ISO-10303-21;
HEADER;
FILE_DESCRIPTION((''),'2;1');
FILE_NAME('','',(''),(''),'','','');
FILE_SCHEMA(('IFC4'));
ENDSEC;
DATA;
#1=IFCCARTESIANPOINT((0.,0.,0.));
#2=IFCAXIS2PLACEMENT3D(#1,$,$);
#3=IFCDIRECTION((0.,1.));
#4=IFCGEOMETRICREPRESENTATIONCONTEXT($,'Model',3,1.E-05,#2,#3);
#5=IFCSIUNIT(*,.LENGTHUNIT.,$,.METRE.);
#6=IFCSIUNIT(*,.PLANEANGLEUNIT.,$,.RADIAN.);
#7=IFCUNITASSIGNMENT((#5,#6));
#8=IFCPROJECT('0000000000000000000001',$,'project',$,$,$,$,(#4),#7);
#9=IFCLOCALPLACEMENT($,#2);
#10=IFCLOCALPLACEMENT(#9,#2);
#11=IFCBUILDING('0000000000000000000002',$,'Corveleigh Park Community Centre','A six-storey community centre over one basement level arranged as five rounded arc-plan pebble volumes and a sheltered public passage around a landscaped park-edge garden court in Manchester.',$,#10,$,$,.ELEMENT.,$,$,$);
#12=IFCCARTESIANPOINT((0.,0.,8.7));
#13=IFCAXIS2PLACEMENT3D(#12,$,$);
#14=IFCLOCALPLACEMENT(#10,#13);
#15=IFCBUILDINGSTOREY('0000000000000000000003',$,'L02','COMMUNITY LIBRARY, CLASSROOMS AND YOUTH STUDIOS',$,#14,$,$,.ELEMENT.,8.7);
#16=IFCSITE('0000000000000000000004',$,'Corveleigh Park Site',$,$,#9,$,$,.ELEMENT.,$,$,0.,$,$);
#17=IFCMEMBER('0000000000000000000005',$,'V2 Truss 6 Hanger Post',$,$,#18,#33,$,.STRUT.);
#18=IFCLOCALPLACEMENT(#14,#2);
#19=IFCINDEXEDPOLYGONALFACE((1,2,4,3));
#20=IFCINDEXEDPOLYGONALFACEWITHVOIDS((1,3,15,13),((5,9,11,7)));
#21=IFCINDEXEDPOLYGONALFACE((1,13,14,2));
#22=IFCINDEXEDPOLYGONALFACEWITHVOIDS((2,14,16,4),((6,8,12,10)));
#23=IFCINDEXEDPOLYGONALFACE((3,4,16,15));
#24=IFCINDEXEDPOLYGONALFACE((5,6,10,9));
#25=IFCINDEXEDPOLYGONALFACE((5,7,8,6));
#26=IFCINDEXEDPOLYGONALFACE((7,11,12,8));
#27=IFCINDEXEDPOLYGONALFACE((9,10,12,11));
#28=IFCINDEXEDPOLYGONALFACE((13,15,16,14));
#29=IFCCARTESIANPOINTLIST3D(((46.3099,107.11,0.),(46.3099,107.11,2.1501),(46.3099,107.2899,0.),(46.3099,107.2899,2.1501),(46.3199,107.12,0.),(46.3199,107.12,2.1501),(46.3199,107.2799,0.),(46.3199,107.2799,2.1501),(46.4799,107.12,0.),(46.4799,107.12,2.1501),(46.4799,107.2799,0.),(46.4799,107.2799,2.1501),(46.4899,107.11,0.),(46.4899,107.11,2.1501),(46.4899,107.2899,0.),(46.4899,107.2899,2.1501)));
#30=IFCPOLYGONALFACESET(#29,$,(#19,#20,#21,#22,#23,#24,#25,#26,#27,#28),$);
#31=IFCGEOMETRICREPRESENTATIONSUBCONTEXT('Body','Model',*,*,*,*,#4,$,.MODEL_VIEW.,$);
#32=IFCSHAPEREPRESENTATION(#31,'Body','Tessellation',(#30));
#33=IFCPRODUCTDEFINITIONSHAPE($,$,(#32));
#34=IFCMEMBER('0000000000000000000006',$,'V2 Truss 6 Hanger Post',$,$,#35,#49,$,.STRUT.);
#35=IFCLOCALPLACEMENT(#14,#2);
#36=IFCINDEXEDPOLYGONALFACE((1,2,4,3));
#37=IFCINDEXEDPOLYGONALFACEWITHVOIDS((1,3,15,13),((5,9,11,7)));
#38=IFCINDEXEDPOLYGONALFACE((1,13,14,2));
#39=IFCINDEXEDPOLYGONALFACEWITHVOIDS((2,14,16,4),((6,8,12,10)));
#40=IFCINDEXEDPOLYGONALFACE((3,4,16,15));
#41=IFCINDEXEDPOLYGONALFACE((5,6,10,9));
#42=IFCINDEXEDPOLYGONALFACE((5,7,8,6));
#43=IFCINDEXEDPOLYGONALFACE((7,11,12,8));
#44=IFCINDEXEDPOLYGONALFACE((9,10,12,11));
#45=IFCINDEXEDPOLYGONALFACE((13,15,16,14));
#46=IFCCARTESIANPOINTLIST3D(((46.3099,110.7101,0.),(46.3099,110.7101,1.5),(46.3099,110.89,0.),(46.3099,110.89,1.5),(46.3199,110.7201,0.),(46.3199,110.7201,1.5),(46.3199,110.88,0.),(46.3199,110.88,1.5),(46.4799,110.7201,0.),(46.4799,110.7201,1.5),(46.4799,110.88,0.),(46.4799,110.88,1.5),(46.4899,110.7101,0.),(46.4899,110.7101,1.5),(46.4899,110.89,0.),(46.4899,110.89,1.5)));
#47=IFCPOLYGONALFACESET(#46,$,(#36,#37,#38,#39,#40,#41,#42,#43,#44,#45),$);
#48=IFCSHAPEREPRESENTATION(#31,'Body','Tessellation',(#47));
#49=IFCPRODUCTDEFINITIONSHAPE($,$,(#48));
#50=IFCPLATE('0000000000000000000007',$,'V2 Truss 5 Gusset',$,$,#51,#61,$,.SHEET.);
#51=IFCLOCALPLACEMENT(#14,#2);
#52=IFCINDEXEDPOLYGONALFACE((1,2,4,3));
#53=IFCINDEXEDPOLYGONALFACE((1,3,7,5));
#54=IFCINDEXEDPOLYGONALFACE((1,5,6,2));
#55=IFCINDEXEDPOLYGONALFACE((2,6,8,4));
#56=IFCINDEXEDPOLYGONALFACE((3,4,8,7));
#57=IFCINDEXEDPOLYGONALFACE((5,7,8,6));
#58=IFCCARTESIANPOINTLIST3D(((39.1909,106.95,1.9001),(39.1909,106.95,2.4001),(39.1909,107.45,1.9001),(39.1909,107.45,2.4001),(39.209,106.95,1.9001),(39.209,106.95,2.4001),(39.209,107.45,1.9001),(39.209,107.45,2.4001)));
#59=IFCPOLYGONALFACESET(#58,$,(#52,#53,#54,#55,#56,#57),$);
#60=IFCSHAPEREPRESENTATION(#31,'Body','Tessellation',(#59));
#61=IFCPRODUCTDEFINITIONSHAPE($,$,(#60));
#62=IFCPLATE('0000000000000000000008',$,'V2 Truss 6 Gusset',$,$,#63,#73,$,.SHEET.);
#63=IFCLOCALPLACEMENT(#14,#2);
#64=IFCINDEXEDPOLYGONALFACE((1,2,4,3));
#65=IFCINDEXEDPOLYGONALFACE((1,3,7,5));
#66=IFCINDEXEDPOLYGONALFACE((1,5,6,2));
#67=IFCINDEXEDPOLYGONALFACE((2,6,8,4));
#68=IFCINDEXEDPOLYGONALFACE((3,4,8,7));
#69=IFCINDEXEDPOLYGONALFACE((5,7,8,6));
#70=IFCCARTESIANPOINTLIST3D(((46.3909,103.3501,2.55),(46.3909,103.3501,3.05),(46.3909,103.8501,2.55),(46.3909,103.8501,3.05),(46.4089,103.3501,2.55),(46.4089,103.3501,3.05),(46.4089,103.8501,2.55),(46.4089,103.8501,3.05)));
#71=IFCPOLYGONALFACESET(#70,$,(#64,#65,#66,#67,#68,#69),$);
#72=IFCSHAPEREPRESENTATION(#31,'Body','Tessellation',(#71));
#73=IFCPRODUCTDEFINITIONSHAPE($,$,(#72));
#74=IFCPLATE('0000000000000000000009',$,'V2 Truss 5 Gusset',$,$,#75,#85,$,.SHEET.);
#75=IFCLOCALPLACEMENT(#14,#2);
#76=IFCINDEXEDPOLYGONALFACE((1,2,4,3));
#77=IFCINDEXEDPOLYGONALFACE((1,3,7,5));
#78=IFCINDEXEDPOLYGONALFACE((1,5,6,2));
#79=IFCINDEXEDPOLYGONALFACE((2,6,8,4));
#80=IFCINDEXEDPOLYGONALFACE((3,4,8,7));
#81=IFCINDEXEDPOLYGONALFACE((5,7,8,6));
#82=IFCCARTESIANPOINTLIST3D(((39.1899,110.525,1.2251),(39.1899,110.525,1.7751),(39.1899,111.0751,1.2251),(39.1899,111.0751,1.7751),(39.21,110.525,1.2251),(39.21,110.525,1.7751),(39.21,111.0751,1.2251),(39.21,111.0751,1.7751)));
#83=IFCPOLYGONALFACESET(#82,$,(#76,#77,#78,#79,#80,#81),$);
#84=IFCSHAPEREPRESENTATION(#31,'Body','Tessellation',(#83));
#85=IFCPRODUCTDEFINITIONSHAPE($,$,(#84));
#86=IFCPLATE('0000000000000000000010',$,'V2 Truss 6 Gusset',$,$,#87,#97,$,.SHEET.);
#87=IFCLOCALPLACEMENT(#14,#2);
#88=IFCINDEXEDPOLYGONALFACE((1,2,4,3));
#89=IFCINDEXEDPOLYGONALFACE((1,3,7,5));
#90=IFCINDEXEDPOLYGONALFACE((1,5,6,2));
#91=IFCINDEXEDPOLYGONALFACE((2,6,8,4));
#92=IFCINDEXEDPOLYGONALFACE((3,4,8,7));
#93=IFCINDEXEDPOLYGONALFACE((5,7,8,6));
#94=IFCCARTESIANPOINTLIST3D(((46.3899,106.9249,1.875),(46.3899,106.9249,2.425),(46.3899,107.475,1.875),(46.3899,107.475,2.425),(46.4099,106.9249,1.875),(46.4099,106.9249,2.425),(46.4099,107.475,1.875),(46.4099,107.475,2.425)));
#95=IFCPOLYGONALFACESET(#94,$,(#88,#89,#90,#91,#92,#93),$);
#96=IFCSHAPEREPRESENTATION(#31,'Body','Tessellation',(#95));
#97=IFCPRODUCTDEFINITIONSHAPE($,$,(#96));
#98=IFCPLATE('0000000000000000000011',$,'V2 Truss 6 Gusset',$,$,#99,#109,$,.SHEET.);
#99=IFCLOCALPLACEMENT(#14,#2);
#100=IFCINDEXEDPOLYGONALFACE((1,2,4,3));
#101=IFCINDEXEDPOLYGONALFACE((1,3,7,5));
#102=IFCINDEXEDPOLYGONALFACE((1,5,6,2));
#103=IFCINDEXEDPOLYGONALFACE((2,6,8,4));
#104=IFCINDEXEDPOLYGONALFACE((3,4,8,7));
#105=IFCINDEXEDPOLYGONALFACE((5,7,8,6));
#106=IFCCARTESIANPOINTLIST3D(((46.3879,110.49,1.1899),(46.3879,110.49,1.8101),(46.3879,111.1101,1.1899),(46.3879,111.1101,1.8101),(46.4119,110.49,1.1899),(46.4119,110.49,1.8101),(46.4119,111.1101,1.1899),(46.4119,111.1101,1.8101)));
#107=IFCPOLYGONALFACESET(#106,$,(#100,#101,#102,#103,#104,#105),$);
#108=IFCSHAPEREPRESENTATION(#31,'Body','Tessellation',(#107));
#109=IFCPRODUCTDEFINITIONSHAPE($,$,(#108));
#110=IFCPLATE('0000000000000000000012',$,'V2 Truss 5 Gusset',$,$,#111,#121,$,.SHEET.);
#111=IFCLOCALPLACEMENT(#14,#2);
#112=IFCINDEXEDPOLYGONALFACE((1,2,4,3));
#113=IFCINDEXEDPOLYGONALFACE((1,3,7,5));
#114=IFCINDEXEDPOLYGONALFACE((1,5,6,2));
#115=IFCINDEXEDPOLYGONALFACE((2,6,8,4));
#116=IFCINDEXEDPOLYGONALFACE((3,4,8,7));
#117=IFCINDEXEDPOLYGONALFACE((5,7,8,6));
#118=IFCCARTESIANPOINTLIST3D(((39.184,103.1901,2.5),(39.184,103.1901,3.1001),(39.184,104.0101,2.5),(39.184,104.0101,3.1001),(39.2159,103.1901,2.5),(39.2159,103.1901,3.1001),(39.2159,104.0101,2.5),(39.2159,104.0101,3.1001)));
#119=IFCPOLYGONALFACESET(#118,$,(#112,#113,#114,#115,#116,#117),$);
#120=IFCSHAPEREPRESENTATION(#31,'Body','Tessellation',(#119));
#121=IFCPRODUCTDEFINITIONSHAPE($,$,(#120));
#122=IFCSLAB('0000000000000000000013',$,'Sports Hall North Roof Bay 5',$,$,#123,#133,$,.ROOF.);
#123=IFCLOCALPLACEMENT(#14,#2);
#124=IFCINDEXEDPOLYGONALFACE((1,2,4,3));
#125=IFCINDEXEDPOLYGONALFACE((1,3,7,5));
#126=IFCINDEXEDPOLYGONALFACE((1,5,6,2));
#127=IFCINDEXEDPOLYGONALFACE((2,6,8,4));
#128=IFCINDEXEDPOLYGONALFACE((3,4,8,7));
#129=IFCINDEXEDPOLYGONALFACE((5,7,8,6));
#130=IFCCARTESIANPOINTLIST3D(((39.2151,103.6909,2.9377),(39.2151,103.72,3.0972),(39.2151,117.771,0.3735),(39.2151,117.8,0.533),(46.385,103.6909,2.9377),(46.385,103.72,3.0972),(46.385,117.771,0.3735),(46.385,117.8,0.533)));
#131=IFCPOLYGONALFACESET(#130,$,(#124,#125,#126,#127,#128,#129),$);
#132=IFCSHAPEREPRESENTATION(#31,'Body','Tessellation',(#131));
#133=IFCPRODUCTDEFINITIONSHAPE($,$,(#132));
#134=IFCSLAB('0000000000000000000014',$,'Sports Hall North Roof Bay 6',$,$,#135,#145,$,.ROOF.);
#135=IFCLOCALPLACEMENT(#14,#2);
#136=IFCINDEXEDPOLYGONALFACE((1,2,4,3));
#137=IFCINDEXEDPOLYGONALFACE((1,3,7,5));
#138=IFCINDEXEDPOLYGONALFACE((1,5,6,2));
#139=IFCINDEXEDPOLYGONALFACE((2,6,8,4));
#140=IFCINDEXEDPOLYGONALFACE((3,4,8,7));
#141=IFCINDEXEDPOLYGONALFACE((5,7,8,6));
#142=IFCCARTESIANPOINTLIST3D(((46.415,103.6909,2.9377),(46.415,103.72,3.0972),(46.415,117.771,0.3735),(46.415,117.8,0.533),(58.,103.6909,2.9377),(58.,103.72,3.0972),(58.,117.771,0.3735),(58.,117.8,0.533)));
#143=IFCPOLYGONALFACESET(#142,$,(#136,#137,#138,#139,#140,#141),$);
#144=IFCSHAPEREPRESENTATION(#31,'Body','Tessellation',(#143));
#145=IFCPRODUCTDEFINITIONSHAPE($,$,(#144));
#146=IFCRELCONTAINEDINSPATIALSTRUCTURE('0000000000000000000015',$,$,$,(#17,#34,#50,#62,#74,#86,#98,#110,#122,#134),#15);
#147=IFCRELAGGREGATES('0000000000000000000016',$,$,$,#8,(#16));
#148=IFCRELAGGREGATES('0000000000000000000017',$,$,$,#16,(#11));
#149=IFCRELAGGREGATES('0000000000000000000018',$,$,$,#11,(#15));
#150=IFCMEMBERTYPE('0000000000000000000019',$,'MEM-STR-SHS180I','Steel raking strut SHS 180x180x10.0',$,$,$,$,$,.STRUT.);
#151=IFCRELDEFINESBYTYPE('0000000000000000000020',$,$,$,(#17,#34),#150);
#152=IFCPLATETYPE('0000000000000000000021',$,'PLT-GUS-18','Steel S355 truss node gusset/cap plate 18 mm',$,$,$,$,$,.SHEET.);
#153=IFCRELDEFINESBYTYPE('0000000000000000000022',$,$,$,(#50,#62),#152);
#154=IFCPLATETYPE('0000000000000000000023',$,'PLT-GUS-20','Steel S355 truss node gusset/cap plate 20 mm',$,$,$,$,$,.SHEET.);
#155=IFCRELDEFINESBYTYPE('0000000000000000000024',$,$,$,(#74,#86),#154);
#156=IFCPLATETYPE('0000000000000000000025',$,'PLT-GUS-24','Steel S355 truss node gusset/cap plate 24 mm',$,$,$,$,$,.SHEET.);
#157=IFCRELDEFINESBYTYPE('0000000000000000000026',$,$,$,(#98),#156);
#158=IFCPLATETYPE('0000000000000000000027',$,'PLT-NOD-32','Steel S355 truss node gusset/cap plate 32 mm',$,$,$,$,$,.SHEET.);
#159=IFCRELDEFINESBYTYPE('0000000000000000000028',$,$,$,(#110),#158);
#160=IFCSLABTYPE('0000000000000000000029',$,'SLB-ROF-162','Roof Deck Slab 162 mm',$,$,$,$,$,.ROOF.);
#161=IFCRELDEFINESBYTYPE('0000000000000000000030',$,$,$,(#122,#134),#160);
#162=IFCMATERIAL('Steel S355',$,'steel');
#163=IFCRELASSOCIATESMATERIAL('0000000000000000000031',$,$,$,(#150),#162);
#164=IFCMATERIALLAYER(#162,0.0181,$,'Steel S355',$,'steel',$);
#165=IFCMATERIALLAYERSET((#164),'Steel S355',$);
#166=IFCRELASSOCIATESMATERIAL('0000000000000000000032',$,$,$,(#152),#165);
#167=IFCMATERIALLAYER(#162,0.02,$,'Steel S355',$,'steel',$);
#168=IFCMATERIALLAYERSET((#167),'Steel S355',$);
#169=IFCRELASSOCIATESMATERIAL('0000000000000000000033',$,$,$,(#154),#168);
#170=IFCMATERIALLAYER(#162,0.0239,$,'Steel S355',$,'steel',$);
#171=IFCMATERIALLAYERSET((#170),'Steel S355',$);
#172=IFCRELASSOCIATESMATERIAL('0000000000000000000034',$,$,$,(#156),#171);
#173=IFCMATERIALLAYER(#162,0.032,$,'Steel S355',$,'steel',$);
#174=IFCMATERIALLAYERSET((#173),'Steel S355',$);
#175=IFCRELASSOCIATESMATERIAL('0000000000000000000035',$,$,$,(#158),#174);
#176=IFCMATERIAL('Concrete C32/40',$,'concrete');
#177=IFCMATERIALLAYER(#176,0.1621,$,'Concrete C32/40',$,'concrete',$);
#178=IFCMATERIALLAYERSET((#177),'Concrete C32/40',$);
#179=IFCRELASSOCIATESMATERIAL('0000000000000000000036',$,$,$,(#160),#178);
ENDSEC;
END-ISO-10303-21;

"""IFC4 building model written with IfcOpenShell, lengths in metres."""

from ifc_helpers import new_model, si_unit, direction, frame, origin, origin_2d, place, context, subcontext, project, spatial, polyline, rectangle, hollow_rectangle, outline, extrude, material, layer, layer_set, material_profile, profile_set, type_object, element, save


model = new_model("IFC4")

# Units and contexts
model_context = context("Model", 3, precision=1e-05, world=origin(), true_north=direction((0.0, 1.0)))
body_context = subcontext(model_context, "Body", "Model", "MODEL_VIEW")
ifc_project = project(units=[si_unit("LENGTHUNIT", "METRE"), si_unit("PLANEANGLEUNIT", "RADIAN")], contexts=[model_context])

# Site, building, storey
site_placement = place(None, origin())
site = spatial("IfcSite", under=ifc_project, at=site_placement, Name="Corveleigh Park Site", CompositionType="ELEMENT", RefElevation=0.0)
building_placement = place(site_placement, origin())
building = spatial("IfcBuilding", under=site, at=building_placement, Name="Corveleigh Park Community Centre", Description="A six-storey community centre over one basement level arranged as five rounded arc-plan pebble volumes and a sheltered public passage around a landscaped park-edge garden court in Manchester.", CompositionType="ELEMENT")
storey_placement = place(building_placement, frame((0.0, 0.0, 8.7)))
storey = spatial("IfcBuildingStorey", under=building, at=storey_placement, Name="L02", Description="COMMUNITY LIBRARY, CLASSROOMS AND YOUTH STUDIOS", CompositionType="ELEMENT", Elevation=8.7)

# Shared definitions
ifc_material_1 = material(Name="Steel S355", Category="steel")

# Members
ifc_material_profile_1 = material_profile(ifc_material_1, hollow_rectangle(XDim=0.1799, YDim=0.1799, WallThickness=0.01, at=origin_2d()), Name="SHS 180x180x10.0", Category="steel")
ifc_profile_set_1 = profile_set([ifc_material_profile_1], Name="Steel S355")
member_type_1 = type_object("IfcMemberType", Name="MEM-STR-SHS180I", Description="Steel raking strut SHS 180x180x10.0", PredefinedType="STRUT", material=ifc_profile_set_1)
member_1_placement = place(storey_placement, frame((46.3999, 107.2, 0.0), z_axis=(0.0, 0.0, 1.0), x_axis=(1.0, 0.0, 0.0)))
element("IfcMember", 1, at=member_1_placement, inside=storey, type_object=member_type_1, Name="V2 Truss 6 Hanger Post", PredefinedType="STRUT", context=body_context, shape_type="SweptSolid", body=[
    extrude(hollow_rectangle(XDim=0.1799, YDim=0.1799, WallThickness=0.01, at=origin_2d()), origin(), (0.0, 0.0, 1.0), 2.1501),
])
member_2_placement = place(storey_placement, frame((46.3999, 110.8, 0.0), z_axis=(0.0, 0.0, 1.0), x_axis=(1.0, 0.0, 0.0)))
element("IfcMember", 2, at=member_2_placement, inside=storey, type_object=member_type_1, Name="V2 Truss 6 Hanger Post", PredefinedType="STRUT", context=body_context, shape_type="SweptSolid", body=[
    extrude(hollow_rectangle(XDim=0.1799, YDim=0.1799, WallThickness=0.01, at=origin_2d()), origin(), (0.0, 0.0, 1.0), 1.5),
])

# Plates
ifc_layer_1 = layer(ifc_material_1, 0.0181, Name="Steel S355", Category="steel")
ifc_layer_set_1 = layer_set([ifc_layer_1], Name="Steel S355")
plate_type_1 = type_object("IfcPlateType", Name="PLT-GUS-18", Description="Steel S355 truss node gusset/cap plate 18 mm", PredefinedType="SHEET", material=ifc_layer_set_1)
for number, where, z_axis, x_axis, name in (
    (3, (39.2, 107.2, 1.9001), (0.0, 0.0, 1.0), (0.0, 1.0, 0.0), "V2 Truss 5 Gusset"),
    (4, (46.3999, 103.6001, 2.55), (0.0, 0.0, 1.0), (0.0, 1.0, 0.0), "V2 Truss 6 Gusset"),
):
    element("IfcPlate", number, at=place(storey_placement, frame(where, z_axis=z_axis, x_axis=x_axis)), inside=storey, type_object=plate_type_1, Name=name, PredefinedType="SHEET", context=body_context, shape_type="SweptSolid", body=[
        extrude(rectangle(XDim=0.5, YDim=0.0181, at=origin_2d()), origin(), (0.0, 0.0, 1.0), 0.5),
    ])
ifc_layer_2 = layer(ifc_material_1, 0.02, Name="Steel S355", Category="steel")
ifc_layer_set_2 = layer_set([ifc_layer_2], Name="Steel S355")
plate_type_2 = type_object("IfcPlateType", Name="PLT-GUS-20", Description="Steel S355 truss node gusset/cap plate 20 mm", PredefinedType="SHEET", material=ifc_layer_set_2)
for number, where, z_axis, x_axis, name in (
    (5, (39.2, 110.8, 1.2251), (0.0, 0.0, 1.0), (0.0, 1.0, 0.0), "V2 Truss 5 Gusset"),
    (6, (46.3999, 107.2, 1.875), (0.0, 0.0, 1.0), (0.0, 1.0, 0.0), "V2 Truss 6 Gusset"),
):
    element("IfcPlate", number, at=place(storey_placement, frame(where, z_axis=z_axis, x_axis=x_axis)), inside=storey, type_object=plate_type_2, Name=name, PredefinedType="SHEET", context=body_context, shape_type="SweptSolid", body=[
        extrude(rectangle(XDim=0.55, YDim=0.02, at=origin_2d()), origin(), (0.0, 0.0, 1.0), 0.55),
    ])
ifc_layer_3 = layer(ifc_material_1, 0.0239, Name="Steel S355", Category="steel")
ifc_layer_set_3 = layer_set([ifc_layer_3], Name="Steel S355")
plate_type_3 = type_object("IfcPlateType", Name="PLT-GUS-24", Description="Steel S355 truss node gusset/cap plate 24 mm", PredefinedType="SHEET", material=ifc_layer_set_3)
plate_1_placement = place(storey_placement, frame((46.3999, 110.8, 1.1899), z_axis=(0.0, 0.0, 1.0), x_axis=(0.0, 1.0, 0.0)))
element("IfcPlate", 7, at=plate_1_placement, inside=storey, type_object=plate_type_3, Name="V2 Truss 6 Gusset", PredefinedType="SHEET", context=body_context, shape_type="SweptSolid", body=[
    extrude(rectangle(XDim=0.6201, YDim=0.0239, at=origin_2d()), origin(), (0.0, 0.0, 1.0), 0.6201),
])
ifc_layer_4 = layer(ifc_material_1, 0.032, Name="Steel S355", Category="steel")
ifc_layer_set_4 = layer_set([ifc_layer_4], Name="Steel S355")
plate_type_4 = type_object("IfcPlateType", Name="PLT-NOD-32", Description="Steel S355 truss node gusset/cap plate 32 mm", PredefinedType="SHEET", material=ifc_layer_set_4)
plate_2_placement = place(storey_placement, frame((39.2, 103.6001, 2.5), z_axis=(0.0, 0.0, 1.0), x_axis=(0.0, 1.0, 0.0)))
element("IfcPlate", 8, at=plate_2_placement, inside=storey, type_object=plate_type_4, Name="V2 Truss 5 Gusset", PredefinedType="SHEET", context=body_context, shape_type="SweptSolid", body=[
    extrude(rectangle(XDim=0.8201, YDim=0.032, at=origin_2d()), origin(), (0.0, 0.0, 1.0), 0.6001),
])

# Slabs
ifc_material_2 = material(Name="Concrete C32/40", Category="concrete")
ifc_layer_5 = layer(ifc_material_2, 0.1621, Name="Concrete C32/40", Category="concrete")
ifc_layer_set_5 = layer_set([ifc_layer_5], Name="Concrete C32/40")
slab_type = type_object("IfcSlabType", Name="SLB-ROF-162", Description="Roof Deck Slab 162 mm", PredefinedType="ROOF", material=ifc_layer_set_5)
slab_1_placement = place(storey_placement, frame((39.2151, 103.72, 3.0972), z_axis=(0.0, 0.179169, 0.983818), x_axis=(1.0, 0.0, 0.0)))
element("IfcSlab", 9, at=slab_1_placement, inside=storey, type_object=slab_type, Name="Sports Hall North Roof Bay 5", PredefinedType="ROOF", context=body_context, shape_type="SweptSolid", body=[
    extrude(outline(polyline([(0.0, 0.0), (7.1699, 0.0), (7.1699, 14.3117), (0.0, 14.3117), (0.0, 0.0)])), origin(), (0.0, 0.0, -1.0), 0.1621),
])
slab_2_placement = place(storey_placement, frame((46.415, 103.72, 3.0972), z_axis=(0.0, 0.179169, 0.983818), x_axis=(1.0, 0.0, 0.0)))
element("IfcSlab", 10, at=slab_2_placement, inside=storey, type_object=slab_type, Name="Sports Hall North Roof Bay 6", PredefinedType="ROOF", context=body_context, shape_type="SweptSolid", body=[
    extrude(outline(polyline([(0.0, 0.0), (11.585, 0.0), (11.585, 14.3117), (0.0, 14.3117), (0.0, 0.0)])), origin(), (0.0, 0.0, -1.0), 0.1621),
])

save(model, "model.ifc")
